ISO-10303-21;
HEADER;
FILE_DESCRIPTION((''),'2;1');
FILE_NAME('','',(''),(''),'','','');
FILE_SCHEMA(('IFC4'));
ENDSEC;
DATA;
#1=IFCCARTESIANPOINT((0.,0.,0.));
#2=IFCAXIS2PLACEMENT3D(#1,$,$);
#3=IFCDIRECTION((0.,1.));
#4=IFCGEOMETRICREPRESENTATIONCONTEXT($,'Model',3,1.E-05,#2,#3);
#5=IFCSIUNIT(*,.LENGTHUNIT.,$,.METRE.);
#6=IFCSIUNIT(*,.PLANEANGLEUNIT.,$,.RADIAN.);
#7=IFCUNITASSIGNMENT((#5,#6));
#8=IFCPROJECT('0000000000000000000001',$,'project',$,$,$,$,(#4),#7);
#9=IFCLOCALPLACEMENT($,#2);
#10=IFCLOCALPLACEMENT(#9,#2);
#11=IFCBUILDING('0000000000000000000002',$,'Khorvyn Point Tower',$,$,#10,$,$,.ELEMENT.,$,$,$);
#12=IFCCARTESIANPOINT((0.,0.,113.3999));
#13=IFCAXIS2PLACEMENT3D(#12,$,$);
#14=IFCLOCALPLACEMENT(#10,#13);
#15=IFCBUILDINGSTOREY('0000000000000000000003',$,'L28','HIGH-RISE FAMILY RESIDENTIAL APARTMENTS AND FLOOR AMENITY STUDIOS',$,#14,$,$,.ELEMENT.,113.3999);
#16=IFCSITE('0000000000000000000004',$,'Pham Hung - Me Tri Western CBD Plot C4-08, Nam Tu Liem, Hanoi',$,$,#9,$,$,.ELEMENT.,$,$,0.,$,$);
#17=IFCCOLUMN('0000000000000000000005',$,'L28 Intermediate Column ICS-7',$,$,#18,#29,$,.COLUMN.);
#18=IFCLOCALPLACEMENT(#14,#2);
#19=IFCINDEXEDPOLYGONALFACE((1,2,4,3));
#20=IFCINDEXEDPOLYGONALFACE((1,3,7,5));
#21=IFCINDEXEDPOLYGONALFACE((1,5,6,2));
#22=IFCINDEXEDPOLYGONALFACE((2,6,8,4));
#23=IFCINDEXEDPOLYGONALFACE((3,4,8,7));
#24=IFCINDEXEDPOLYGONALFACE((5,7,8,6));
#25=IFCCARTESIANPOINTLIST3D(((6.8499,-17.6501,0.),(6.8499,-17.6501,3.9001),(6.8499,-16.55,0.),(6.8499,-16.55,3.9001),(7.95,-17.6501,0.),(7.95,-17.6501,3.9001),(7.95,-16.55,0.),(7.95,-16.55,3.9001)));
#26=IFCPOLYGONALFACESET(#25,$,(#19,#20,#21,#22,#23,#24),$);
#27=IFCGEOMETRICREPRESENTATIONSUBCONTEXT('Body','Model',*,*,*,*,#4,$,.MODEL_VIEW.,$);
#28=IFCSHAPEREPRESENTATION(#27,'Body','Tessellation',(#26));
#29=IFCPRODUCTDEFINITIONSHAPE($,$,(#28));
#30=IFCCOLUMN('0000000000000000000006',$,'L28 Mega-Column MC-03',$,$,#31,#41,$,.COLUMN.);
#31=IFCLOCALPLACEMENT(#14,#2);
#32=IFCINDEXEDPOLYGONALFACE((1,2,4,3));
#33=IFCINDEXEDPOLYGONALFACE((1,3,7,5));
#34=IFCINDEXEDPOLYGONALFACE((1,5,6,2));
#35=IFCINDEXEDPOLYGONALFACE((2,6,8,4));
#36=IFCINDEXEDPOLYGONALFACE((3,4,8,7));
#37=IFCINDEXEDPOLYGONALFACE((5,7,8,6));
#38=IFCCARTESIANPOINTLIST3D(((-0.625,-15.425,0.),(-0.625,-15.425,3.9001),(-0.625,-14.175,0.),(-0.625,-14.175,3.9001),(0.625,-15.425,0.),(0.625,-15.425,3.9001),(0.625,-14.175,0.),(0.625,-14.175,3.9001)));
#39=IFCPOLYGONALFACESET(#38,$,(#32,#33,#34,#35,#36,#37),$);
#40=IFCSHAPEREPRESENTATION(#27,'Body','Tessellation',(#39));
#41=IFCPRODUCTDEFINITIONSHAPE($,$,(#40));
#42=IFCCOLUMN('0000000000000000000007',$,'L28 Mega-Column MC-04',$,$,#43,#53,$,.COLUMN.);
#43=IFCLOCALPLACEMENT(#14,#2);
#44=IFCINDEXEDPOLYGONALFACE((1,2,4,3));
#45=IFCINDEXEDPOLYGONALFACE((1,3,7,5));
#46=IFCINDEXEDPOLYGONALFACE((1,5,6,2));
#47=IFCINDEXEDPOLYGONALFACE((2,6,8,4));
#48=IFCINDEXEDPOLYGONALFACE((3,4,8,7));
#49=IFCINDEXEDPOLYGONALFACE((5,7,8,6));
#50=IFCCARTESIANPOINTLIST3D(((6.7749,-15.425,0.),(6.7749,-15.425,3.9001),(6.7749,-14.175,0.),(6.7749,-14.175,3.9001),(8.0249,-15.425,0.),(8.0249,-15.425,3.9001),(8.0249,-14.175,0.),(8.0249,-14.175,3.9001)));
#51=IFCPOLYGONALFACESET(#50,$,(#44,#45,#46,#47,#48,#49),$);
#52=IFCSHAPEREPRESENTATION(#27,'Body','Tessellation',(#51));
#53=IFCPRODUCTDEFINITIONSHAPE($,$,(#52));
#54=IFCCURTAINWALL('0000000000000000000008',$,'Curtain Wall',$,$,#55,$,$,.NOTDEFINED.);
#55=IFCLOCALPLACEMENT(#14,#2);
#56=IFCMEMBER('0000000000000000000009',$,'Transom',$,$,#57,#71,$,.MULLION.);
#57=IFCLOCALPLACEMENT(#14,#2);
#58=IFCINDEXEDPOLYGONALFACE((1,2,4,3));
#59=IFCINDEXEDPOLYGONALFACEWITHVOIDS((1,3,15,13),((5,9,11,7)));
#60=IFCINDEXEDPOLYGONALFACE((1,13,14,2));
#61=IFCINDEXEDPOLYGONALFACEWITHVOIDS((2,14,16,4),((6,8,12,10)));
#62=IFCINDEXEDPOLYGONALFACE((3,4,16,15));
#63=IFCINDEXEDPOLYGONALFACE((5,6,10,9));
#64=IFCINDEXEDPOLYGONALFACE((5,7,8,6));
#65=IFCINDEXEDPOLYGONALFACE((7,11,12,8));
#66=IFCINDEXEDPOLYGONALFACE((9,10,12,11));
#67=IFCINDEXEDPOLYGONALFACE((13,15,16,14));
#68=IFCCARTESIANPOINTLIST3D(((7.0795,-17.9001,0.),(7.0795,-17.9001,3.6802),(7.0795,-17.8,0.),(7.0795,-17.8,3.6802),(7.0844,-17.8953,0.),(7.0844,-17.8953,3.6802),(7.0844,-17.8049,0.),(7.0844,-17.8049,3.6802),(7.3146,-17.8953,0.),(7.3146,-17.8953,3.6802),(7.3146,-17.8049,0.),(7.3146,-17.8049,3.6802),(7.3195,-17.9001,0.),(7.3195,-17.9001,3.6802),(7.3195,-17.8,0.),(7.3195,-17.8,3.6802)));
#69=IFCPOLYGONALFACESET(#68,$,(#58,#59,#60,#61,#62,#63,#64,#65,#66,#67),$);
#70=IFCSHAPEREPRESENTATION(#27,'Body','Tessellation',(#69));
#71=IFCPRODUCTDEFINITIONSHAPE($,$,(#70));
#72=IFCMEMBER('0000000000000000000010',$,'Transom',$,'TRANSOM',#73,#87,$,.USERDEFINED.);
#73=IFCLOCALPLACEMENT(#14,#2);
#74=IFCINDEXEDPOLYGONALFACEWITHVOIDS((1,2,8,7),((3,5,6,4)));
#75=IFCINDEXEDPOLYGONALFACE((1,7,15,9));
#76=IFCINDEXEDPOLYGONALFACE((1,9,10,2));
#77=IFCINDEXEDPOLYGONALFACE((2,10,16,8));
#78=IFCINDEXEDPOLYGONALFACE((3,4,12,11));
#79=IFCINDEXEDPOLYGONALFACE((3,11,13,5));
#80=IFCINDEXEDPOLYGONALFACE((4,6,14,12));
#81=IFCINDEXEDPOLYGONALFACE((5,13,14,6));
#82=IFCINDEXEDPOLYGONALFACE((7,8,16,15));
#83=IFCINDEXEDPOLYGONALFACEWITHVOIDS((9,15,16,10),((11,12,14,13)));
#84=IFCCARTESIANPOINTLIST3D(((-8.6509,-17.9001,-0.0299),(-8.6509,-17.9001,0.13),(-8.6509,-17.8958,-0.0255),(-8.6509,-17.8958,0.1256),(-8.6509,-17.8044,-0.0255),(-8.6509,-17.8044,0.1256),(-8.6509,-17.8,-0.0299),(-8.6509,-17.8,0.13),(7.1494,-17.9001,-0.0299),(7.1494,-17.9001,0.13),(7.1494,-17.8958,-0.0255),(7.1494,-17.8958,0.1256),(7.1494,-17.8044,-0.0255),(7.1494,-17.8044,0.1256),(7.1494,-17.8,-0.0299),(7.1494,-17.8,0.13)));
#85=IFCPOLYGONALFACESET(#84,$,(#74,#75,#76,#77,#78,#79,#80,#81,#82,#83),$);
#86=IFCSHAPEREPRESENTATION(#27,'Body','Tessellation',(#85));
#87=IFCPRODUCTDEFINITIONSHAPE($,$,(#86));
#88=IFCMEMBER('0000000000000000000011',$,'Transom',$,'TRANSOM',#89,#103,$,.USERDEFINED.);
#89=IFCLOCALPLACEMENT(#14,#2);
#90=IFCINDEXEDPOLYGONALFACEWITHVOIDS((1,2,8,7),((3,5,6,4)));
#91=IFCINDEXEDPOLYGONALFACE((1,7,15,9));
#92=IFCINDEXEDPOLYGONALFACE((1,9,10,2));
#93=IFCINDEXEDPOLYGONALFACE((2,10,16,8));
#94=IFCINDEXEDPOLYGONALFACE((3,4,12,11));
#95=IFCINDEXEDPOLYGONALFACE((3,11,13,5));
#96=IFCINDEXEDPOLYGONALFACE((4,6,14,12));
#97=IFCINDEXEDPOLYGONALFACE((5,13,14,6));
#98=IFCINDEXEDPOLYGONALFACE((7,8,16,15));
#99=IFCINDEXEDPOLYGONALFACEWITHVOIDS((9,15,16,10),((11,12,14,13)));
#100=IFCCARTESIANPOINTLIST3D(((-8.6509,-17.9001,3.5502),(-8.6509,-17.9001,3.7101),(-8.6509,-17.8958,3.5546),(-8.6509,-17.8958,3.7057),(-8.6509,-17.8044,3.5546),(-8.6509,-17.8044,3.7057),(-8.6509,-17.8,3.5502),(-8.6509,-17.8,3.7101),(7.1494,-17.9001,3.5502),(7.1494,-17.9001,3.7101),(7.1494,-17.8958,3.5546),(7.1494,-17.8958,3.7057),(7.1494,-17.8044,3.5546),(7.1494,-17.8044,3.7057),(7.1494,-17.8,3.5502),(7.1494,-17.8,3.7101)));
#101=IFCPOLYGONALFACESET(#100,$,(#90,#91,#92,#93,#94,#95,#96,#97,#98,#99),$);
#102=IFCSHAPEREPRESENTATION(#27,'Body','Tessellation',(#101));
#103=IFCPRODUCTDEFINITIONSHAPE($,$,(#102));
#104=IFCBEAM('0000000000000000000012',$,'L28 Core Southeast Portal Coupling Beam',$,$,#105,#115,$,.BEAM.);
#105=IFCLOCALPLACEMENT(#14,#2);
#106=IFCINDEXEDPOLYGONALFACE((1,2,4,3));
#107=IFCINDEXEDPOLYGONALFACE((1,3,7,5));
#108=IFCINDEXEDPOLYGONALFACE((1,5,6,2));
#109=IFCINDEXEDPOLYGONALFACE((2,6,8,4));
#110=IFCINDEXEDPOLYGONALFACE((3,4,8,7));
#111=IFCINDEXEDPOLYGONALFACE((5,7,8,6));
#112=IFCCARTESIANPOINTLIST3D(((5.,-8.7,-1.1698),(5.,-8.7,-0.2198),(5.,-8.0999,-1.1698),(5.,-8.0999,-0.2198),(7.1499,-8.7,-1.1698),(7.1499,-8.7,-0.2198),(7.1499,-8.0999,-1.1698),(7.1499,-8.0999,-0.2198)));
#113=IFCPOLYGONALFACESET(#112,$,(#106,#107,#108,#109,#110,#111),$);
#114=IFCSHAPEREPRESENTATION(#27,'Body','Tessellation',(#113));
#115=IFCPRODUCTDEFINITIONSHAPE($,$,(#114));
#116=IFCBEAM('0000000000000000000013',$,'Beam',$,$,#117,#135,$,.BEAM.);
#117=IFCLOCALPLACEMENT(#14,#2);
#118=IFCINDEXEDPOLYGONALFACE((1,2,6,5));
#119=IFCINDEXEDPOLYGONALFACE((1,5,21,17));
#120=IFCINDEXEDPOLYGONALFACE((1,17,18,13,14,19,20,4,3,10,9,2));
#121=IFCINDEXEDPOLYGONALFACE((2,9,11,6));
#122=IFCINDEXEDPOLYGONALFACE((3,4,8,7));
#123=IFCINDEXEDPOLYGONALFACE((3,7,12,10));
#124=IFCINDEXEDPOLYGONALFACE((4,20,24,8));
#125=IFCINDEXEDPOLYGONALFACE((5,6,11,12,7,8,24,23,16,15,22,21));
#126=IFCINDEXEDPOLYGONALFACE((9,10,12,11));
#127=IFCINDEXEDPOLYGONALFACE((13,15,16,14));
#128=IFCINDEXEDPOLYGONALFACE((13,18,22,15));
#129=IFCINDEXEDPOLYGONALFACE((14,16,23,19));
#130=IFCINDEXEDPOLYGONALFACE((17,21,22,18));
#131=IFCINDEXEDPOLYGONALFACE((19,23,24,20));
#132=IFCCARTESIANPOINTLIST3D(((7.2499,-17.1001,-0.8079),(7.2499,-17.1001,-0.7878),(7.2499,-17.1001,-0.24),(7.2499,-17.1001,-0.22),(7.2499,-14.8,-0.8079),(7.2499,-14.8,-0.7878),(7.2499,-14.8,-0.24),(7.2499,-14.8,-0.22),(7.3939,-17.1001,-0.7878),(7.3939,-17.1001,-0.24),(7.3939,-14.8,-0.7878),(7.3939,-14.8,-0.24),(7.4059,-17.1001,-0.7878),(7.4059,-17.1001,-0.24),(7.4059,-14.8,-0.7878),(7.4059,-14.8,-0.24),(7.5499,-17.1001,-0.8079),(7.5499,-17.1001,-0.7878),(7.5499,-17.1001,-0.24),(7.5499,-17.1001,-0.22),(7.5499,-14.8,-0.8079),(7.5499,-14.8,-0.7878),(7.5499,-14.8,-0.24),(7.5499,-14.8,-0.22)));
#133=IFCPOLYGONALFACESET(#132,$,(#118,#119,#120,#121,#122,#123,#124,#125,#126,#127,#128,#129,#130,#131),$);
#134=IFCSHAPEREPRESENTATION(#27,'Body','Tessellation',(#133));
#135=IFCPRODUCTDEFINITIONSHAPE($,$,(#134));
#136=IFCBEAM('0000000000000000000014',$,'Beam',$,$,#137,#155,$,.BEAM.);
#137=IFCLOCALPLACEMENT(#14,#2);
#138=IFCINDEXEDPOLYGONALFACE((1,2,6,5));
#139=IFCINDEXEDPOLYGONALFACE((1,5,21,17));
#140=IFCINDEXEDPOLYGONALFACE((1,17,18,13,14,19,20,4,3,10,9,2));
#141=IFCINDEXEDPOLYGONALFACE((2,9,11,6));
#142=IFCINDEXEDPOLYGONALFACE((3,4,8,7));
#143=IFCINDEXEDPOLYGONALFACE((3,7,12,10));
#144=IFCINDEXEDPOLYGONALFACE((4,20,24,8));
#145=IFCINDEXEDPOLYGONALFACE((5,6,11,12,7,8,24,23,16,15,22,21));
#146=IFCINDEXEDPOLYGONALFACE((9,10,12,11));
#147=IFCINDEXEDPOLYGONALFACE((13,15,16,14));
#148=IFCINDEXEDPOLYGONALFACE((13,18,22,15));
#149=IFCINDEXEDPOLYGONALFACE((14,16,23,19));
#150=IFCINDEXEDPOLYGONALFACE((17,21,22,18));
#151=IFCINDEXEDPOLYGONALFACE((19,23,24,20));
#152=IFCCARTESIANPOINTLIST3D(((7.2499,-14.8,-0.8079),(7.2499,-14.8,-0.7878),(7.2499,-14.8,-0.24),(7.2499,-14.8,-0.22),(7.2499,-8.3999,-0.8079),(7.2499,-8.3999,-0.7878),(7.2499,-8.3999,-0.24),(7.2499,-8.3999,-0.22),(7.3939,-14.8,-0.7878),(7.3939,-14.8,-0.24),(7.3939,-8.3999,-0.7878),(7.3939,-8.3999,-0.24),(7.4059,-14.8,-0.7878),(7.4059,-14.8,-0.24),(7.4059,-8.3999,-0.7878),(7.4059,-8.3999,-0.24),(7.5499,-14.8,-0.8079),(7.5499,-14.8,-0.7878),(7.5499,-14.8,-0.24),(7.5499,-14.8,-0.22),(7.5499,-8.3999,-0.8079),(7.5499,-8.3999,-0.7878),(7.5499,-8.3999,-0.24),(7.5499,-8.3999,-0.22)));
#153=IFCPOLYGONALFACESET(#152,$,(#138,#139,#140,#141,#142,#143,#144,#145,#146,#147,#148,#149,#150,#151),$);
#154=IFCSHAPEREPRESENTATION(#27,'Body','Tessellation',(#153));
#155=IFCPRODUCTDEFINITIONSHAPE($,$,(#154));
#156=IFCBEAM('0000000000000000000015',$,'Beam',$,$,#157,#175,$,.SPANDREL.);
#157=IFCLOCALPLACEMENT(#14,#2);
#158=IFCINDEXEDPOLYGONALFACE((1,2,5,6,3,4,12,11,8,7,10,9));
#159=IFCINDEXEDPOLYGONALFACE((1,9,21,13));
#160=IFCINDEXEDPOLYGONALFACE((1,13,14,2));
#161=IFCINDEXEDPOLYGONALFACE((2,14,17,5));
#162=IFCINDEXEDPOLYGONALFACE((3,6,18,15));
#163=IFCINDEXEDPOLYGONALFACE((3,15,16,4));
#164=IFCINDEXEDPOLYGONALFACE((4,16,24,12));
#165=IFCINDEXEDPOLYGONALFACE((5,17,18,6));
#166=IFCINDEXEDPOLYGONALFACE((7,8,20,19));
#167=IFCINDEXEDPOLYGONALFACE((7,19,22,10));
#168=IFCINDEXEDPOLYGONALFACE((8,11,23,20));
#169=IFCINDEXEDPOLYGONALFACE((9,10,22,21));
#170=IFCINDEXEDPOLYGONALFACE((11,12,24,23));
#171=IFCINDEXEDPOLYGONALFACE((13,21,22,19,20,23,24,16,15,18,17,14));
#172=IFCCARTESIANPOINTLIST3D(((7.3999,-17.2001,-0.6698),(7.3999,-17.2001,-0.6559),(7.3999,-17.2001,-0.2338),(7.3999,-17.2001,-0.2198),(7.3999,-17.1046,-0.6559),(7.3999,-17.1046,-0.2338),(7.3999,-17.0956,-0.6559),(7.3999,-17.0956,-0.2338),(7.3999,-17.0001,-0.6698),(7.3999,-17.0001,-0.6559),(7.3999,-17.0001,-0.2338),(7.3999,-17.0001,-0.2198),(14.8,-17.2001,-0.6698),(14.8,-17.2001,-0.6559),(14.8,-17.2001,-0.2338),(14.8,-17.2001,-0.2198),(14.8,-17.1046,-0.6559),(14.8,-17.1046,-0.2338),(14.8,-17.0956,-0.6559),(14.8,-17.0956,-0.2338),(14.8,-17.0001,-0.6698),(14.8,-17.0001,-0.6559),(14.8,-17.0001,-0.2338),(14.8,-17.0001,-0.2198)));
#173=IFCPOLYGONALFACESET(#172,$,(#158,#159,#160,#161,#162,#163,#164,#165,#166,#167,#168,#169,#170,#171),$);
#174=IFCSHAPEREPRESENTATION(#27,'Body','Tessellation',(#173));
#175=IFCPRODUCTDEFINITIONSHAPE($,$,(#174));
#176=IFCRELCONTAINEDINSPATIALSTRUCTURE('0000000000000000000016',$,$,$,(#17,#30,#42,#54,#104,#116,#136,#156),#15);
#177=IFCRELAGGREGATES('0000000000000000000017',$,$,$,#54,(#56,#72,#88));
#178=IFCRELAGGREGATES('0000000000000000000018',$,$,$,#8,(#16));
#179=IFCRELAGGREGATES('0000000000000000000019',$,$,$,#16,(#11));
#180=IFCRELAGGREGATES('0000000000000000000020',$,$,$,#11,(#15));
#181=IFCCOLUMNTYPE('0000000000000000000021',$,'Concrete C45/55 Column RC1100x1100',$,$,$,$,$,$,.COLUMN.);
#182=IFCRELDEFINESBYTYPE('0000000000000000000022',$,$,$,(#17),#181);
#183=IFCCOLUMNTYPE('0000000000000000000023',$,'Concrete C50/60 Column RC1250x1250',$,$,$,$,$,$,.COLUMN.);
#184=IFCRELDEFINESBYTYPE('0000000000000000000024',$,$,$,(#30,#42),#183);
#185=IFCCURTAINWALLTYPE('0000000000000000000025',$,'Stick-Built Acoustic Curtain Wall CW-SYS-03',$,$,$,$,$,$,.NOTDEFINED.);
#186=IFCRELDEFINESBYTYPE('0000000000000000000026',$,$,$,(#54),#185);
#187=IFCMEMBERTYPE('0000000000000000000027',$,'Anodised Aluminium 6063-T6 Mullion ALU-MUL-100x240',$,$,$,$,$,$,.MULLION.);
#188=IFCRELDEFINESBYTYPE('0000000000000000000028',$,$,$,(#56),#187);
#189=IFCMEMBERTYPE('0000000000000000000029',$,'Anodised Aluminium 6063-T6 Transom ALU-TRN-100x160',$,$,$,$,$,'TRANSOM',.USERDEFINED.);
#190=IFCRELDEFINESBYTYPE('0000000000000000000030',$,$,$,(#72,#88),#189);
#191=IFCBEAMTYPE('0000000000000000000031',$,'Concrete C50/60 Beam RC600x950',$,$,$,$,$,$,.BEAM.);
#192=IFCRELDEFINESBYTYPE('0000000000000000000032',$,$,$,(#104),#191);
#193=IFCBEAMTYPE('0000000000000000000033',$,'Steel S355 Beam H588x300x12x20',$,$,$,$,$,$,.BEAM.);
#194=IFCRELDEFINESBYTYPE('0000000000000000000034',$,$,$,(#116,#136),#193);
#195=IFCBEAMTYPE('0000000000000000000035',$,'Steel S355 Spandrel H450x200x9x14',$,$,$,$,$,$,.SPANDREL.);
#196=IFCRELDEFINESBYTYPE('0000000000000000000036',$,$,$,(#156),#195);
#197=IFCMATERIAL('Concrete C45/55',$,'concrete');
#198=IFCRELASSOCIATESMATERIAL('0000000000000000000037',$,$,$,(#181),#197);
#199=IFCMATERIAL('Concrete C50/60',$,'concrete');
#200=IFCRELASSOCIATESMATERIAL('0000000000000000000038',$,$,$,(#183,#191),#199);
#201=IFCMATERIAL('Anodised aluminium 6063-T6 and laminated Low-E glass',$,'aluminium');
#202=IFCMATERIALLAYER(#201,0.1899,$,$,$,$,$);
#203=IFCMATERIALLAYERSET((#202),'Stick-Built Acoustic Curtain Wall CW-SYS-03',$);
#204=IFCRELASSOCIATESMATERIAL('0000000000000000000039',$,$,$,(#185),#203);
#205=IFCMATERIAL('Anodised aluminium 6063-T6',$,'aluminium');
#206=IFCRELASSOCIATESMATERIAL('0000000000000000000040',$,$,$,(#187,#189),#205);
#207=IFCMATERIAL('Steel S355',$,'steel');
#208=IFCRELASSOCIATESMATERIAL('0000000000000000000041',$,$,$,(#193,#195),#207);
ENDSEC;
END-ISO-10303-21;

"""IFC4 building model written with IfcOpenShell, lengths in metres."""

from ifc_helpers import new_model, si_unit, direction, frame, origin, origin_2d, place, context, subcontext, project, spatial, rectangle, hollow_rectangle, i_section, extrude, material, layer, layer_set, material_profile, profile_set, type_object, element, aggregate, save


model = new_model("IFC4")

# Units and contexts
model_context = context("Model", 3, precision=1e-05, world=origin(), true_north=direction((0.0, 1.0)))
body_context = subcontext(model_context, "Body", "Model", "MODEL_VIEW")
ifc_project = project(units=[si_unit("LENGTHUNIT", "METRE"), si_unit("PLANEANGLEUNIT", "RADIAN")], contexts=[model_context])

# Site, building, storey
site_placement = place(None, origin())
site = spatial("IfcSite", under=ifc_project, at=site_placement, Name="Pham Hung - Me Tri Western CBD Plot C4-08, Nam Tu Liem, Hanoi", CompositionType="ELEMENT", RefElevation=0.0)
building_placement = place(site_placement, origin())
building = spatial("IfcBuilding", under=site, at=building_placement, Name="Khorvyn Point Tower", CompositionType="ELEMENT")
storey_placement = place(building_placement, frame((0.0, 0.0, 113.3999)))
storey = spatial("IfcBuildingStorey", under=building, at=storey_placement, Name="L28", Description="HIGH-RISE FAMILY RESIDENTIAL APARTMENTS AND FLOOR AMENITY STUDIOS", CompositionType="ELEMENT", Elevation=113.3999)

# Columns
ifc_material_1 = material(Name="Concrete C45/55", Category="concrete")
ifc_material_profile_1 = material_profile(ifc_material_1, rectangle(XDim=1.1001, YDim=1.1001, at=origin_2d()))
ifc_profile_set_1 = profile_set([ifc_material_profile_1], Name="Concrete C45/55 RC1100x1100")
column_type_1 = type_object("IfcColumnType", Name="Concrete C45/55 Column RC1100x1100", PredefinedType="COLUMN", material=ifc_profile_set_1)
column_placement = place(storey_placement, frame((7.3999, -17.1001, 0.0), z_axis=(0.0, 0.0, 1.0), x_axis=(1.0, 0.0, 0.0)))
element("IfcColumn", 1, at=column_placement, inside=storey, type_object=column_type_1, Name="L28 Intermediate Column ICS-7", PredefinedType="COLUMN", context=body_context, shape_type="SweptSolid", body=[
    extrude(rectangle(XDim=1.1001, YDim=1.1001, at=origin_2d()), origin(), (0.0, 0.0, 1.0), 3.9001),
])
ifc_material_2 = material(Name="Concrete C50/60", Category="concrete")
ifc_material_profile_2 = material_profile(ifc_material_2, rectangle(XDim=1.25, YDim=1.25, at=origin_2d()))
ifc_profile_set_2 = profile_set([ifc_material_profile_2], Name="Concrete C50/60 RC1250x1250")
column_type_2 = type_object("IfcColumnType", Name="Concrete C50/60 Column RC1250x1250", PredefinedType="COLUMN", material=ifc_profile_set_2)
for number, where, z_axis, x_axis, name in (
    (2, (0.0, -14.8, 0.0), (0.0, 0.0, 1.0), (1.0, 0.0, 0.0), "L28 Mega-Column MC-03"),
    (3, (7.3999, -14.8, 0.0), (0.0, 0.0, 1.0), (1.0, 0.0, 0.0), "L28 Mega-Column MC-04"),
):
    element("IfcColumn", number, at=place(storey_placement, frame(where, z_axis=z_axis, x_axis=x_axis)), inside=storey, type_object=column_type_2, Name=name, PredefinedType="COLUMN", context=body_context, shape_type="SweptSolid", body=[
        extrude(rectangle(XDim=1.25, YDim=1.25, at=origin_2d()), origin(), (0.0, 0.0, 1.0), 3.9001),
    ])

# Curtain wall, members
ifc_material_3 = material(Name="Anodised aluminium 6063-T6 and laminated Low-E glass", Category="aluminium")
ifc_layer_1 = layer(ifc_material_3, 0.1899)
ifc_layer_set_1 = layer_set([ifc_layer_1], Name="Stick-Built Acoustic Curtain Wall CW-SYS-03")
curtain_wall_type = type_object("IfcCurtainWallType", Name="Stick-Built Acoustic Curtain Wall CW-SYS-03", PredefinedType="NOTDEFINED", material=ifc_layer_set_1)
curtain_wall_placement = place(storey_placement, origin())
curtain_wall = element("IfcCurtainWall", 4, at=curtain_wall_placement, inside=storey, type_object=curtain_wall_type, Name="Curtain Wall", PredefinedType="NOTDEFINED")
ifc_material_4 = material(Name="Anodised aluminium 6063-T6", Category="aluminium")
ifc_material_profile_3 = material_profile(ifc_material_4, hollow_rectangle(XDim=0.1001, YDim=0.24, WallThickness=0.0049, at=origin_2d()))
ifc_profile_set_3 = profile_set([ifc_material_profile_3], Name="Anodised aluminium 6063-T6 ALU-MUL-100x240")
member_type_1 = type_object("IfcMemberType", Name="Anodised Aluminium 6063-T6 Mullion ALU-MUL-100x240", PredefinedType="MULLION", material=ifc_profile_set_3)
member_1_placement = place(storey_placement, frame((7.1995, -17.8501, 0.0), z_axis=(0.0, 0.0, 1.0), x_axis=(0.0, -1.0, 0.0)))
member_1 = element("IfcMember", 5, at=member_1_placement, type_object=member_type_1, Name="Transom", PredefinedType="MULLION", context=body_context, shape_type="SweptSolid", body=[
    extrude(hollow_rectangle(XDim=0.1001, YDim=0.24, WallThickness=0.0049, at=origin_2d()), origin(), (0.0, 0.0, 1.0), 3.6802),
])
ifc_material_profile_4 = material_profile(ifc_material_4, hollow_rectangle(XDim=0.1001, YDim=0.1599, WallThickness=0.0044, at=origin_2d()))
ifc_profile_set_4 = profile_set([ifc_material_profile_4], Name="Anodised aluminium 6063-T6 ALU-TRN-100x160")
member_type_2 = type_object("IfcMemberType", Name="Anodised Aluminium 6063-T6 Transom ALU-TRN-100x160", ElementType="TRANSOM", PredefinedType="USERDEFINED", material=ifc_profile_set_4)
member_2_placement = place(storey_placement, frame((7.1494, -17.8501, 0.05), z_axis=(-1.0, 0.0, 0.0), x_axis=(0.0, -1.0, 0.0)))
member_2 = element("IfcMember", 6, at=member_2_placement, type_object=member_type_2, Name="Transom", ObjectType="TRANSOM", PredefinedType="USERDEFINED", context=body_context, shape_type="SweptSolid", body=[
    extrude(hollow_rectangle(XDim=0.1001, YDim=0.1599, WallThickness=0.0044, at=origin_2d()), origin(), (0.0, 0.0, 1.0), 15.8003),
])
member_3_placement = place(storey_placement, frame((7.1494, -17.8501, 3.6301), z_axis=(-1.0, 0.0, 0.0), x_axis=(0.0, -1.0, 0.0)))
member_3 = element("IfcMember", 7, at=member_3_placement, type_object=member_type_2, Name="Transom", ObjectType="TRANSOM", PredefinedType="USERDEFINED", context=body_context, shape_type="SweptSolid", body=[
    extrude(hollow_rectangle(XDim=0.1001, YDim=0.1599, WallThickness=0.0044, at=origin_2d()), origin(), (0.0, 0.0, 1.0), 15.8003),
])

# Beams
ifc_material_profile_5 = material_profile(ifc_material_2, rectangle(XDim=0.6001, YDim=0.95, at=origin_2d()))
ifc_profile_set_5 = profile_set([ifc_material_profile_5], Name="Concrete C50/60 RC600x950")
beam_type_1 = type_object("IfcBeamType", Name="Concrete C50/60 Beam RC600x950", PredefinedType="BEAM", material=ifc_profile_set_5)
beam_1_placement = place(storey_placement, frame((5.0, -8.3999, -0.6948), z_axis=(1.0, 0.0, 0.0), x_axis=(0.0, 1.0, 0.0)))
element("IfcBeam", 8, at=beam_1_placement, inside=storey, type_object=beam_type_1, Name="L28 Core Southeast Portal Coupling Beam", PredefinedType="BEAM", context=body_context, shape_type="SweptSolid", body=[
    extrude(rectangle(XDim=0.6001, YDim=0.95, at=origin_2d()), origin(), (0.0, 0.0, 1.0), 2.1499),
])
ifc_material_5 = material(Name="Steel S355", Category="steel")
ifc_material_profile_6 = material_profile(ifc_material_5, i_section(OverallWidth=0.3, OverallDepth=0.5879, WebThickness=0.012, FlangeThickness=0.02, at=origin_2d()))
ifc_profile_set_6 = profile_set([ifc_material_profile_6], Name="Steel S355 H588x300x12x20")
beam_type_2 = type_object("IfcBeamType", Name="Steel S355 Beam H588x300x12x20", PredefinedType="BEAM", material=ifc_profile_set_6)
beam_2_placement = place(storey_placement, frame((7.3999, -17.1001, -0.5139), z_axis=(0.0, 1.0, 0.0), x_axis=(-1.0, 0.0, 0.0)))
element("IfcBeam", 9, at=beam_2_placement, inside=storey, type_object=beam_type_2, Name="Beam", PredefinedType="BEAM", context=body_context, shape_type="SweptSolid", body=[
    extrude(i_section(OverallWidth=0.3, OverallDepth=0.5879, WebThickness=0.012, FlangeThickness=0.02, at=origin_2d()), origin(), (0.0, 0.0, 1.0), 2.3),
])
beam_3_placement = place(storey_placement, frame((7.3999, -14.8, -0.5139), z_axis=(0.0, 1.0, 0.0), x_axis=(-1.0, 0.0, 0.0)))
element("IfcBeam", 10, at=beam_3_placement, inside=storey, type_object=beam_type_2, Name="Beam", PredefinedType="BEAM", context=body_context, shape_type="SweptSolid", body=[
    extrude(i_section(OverallWidth=0.3, OverallDepth=0.5879, WebThickness=0.012, FlangeThickness=0.02, at=origin_2d()), origin(), (0.0, 0.0, 1.0), 6.4001),
])
ifc_material_profile_7 = material_profile(ifc_material_5, i_section(OverallWidth=0.2, OverallDepth=0.45, WebThickness=0.009, FlangeThickness=0.0139, at=origin_2d()))
ifc_profile_set_7 = profile_set([ifc_material_profile_7], Name="Steel S355 H450x200x9x14")
beam_type_3 = type_object("IfcBeamType", Name="Steel S355 Spandrel H450x200x9x14", PredefinedType="SPANDREL", material=ifc_profile_set_7)
beam_4_placement = place(storey_placement, frame((7.3999, -17.1001, -0.4448), z_axis=(1.0, 0.0, 0.0), x_axis=(0.0, 1.0, 0.0)))
element("IfcBeam", 11, at=beam_4_placement, inside=storey, type_object=beam_type_3, Name="Beam", PredefinedType="SPANDREL", context=body_context, shape_type="SweptSolid", body=[
    extrude(i_section(OverallWidth=0.2, OverallDepth=0.45, WebThickness=0.009, FlangeThickness=0.0139, at=origin_2d()), origin(), (0.0, 0.0, 1.0), 7.4001),
])

aggregate(curtain_wall, [member_1, member_2, member_3])

save(model, "model.ifc")
